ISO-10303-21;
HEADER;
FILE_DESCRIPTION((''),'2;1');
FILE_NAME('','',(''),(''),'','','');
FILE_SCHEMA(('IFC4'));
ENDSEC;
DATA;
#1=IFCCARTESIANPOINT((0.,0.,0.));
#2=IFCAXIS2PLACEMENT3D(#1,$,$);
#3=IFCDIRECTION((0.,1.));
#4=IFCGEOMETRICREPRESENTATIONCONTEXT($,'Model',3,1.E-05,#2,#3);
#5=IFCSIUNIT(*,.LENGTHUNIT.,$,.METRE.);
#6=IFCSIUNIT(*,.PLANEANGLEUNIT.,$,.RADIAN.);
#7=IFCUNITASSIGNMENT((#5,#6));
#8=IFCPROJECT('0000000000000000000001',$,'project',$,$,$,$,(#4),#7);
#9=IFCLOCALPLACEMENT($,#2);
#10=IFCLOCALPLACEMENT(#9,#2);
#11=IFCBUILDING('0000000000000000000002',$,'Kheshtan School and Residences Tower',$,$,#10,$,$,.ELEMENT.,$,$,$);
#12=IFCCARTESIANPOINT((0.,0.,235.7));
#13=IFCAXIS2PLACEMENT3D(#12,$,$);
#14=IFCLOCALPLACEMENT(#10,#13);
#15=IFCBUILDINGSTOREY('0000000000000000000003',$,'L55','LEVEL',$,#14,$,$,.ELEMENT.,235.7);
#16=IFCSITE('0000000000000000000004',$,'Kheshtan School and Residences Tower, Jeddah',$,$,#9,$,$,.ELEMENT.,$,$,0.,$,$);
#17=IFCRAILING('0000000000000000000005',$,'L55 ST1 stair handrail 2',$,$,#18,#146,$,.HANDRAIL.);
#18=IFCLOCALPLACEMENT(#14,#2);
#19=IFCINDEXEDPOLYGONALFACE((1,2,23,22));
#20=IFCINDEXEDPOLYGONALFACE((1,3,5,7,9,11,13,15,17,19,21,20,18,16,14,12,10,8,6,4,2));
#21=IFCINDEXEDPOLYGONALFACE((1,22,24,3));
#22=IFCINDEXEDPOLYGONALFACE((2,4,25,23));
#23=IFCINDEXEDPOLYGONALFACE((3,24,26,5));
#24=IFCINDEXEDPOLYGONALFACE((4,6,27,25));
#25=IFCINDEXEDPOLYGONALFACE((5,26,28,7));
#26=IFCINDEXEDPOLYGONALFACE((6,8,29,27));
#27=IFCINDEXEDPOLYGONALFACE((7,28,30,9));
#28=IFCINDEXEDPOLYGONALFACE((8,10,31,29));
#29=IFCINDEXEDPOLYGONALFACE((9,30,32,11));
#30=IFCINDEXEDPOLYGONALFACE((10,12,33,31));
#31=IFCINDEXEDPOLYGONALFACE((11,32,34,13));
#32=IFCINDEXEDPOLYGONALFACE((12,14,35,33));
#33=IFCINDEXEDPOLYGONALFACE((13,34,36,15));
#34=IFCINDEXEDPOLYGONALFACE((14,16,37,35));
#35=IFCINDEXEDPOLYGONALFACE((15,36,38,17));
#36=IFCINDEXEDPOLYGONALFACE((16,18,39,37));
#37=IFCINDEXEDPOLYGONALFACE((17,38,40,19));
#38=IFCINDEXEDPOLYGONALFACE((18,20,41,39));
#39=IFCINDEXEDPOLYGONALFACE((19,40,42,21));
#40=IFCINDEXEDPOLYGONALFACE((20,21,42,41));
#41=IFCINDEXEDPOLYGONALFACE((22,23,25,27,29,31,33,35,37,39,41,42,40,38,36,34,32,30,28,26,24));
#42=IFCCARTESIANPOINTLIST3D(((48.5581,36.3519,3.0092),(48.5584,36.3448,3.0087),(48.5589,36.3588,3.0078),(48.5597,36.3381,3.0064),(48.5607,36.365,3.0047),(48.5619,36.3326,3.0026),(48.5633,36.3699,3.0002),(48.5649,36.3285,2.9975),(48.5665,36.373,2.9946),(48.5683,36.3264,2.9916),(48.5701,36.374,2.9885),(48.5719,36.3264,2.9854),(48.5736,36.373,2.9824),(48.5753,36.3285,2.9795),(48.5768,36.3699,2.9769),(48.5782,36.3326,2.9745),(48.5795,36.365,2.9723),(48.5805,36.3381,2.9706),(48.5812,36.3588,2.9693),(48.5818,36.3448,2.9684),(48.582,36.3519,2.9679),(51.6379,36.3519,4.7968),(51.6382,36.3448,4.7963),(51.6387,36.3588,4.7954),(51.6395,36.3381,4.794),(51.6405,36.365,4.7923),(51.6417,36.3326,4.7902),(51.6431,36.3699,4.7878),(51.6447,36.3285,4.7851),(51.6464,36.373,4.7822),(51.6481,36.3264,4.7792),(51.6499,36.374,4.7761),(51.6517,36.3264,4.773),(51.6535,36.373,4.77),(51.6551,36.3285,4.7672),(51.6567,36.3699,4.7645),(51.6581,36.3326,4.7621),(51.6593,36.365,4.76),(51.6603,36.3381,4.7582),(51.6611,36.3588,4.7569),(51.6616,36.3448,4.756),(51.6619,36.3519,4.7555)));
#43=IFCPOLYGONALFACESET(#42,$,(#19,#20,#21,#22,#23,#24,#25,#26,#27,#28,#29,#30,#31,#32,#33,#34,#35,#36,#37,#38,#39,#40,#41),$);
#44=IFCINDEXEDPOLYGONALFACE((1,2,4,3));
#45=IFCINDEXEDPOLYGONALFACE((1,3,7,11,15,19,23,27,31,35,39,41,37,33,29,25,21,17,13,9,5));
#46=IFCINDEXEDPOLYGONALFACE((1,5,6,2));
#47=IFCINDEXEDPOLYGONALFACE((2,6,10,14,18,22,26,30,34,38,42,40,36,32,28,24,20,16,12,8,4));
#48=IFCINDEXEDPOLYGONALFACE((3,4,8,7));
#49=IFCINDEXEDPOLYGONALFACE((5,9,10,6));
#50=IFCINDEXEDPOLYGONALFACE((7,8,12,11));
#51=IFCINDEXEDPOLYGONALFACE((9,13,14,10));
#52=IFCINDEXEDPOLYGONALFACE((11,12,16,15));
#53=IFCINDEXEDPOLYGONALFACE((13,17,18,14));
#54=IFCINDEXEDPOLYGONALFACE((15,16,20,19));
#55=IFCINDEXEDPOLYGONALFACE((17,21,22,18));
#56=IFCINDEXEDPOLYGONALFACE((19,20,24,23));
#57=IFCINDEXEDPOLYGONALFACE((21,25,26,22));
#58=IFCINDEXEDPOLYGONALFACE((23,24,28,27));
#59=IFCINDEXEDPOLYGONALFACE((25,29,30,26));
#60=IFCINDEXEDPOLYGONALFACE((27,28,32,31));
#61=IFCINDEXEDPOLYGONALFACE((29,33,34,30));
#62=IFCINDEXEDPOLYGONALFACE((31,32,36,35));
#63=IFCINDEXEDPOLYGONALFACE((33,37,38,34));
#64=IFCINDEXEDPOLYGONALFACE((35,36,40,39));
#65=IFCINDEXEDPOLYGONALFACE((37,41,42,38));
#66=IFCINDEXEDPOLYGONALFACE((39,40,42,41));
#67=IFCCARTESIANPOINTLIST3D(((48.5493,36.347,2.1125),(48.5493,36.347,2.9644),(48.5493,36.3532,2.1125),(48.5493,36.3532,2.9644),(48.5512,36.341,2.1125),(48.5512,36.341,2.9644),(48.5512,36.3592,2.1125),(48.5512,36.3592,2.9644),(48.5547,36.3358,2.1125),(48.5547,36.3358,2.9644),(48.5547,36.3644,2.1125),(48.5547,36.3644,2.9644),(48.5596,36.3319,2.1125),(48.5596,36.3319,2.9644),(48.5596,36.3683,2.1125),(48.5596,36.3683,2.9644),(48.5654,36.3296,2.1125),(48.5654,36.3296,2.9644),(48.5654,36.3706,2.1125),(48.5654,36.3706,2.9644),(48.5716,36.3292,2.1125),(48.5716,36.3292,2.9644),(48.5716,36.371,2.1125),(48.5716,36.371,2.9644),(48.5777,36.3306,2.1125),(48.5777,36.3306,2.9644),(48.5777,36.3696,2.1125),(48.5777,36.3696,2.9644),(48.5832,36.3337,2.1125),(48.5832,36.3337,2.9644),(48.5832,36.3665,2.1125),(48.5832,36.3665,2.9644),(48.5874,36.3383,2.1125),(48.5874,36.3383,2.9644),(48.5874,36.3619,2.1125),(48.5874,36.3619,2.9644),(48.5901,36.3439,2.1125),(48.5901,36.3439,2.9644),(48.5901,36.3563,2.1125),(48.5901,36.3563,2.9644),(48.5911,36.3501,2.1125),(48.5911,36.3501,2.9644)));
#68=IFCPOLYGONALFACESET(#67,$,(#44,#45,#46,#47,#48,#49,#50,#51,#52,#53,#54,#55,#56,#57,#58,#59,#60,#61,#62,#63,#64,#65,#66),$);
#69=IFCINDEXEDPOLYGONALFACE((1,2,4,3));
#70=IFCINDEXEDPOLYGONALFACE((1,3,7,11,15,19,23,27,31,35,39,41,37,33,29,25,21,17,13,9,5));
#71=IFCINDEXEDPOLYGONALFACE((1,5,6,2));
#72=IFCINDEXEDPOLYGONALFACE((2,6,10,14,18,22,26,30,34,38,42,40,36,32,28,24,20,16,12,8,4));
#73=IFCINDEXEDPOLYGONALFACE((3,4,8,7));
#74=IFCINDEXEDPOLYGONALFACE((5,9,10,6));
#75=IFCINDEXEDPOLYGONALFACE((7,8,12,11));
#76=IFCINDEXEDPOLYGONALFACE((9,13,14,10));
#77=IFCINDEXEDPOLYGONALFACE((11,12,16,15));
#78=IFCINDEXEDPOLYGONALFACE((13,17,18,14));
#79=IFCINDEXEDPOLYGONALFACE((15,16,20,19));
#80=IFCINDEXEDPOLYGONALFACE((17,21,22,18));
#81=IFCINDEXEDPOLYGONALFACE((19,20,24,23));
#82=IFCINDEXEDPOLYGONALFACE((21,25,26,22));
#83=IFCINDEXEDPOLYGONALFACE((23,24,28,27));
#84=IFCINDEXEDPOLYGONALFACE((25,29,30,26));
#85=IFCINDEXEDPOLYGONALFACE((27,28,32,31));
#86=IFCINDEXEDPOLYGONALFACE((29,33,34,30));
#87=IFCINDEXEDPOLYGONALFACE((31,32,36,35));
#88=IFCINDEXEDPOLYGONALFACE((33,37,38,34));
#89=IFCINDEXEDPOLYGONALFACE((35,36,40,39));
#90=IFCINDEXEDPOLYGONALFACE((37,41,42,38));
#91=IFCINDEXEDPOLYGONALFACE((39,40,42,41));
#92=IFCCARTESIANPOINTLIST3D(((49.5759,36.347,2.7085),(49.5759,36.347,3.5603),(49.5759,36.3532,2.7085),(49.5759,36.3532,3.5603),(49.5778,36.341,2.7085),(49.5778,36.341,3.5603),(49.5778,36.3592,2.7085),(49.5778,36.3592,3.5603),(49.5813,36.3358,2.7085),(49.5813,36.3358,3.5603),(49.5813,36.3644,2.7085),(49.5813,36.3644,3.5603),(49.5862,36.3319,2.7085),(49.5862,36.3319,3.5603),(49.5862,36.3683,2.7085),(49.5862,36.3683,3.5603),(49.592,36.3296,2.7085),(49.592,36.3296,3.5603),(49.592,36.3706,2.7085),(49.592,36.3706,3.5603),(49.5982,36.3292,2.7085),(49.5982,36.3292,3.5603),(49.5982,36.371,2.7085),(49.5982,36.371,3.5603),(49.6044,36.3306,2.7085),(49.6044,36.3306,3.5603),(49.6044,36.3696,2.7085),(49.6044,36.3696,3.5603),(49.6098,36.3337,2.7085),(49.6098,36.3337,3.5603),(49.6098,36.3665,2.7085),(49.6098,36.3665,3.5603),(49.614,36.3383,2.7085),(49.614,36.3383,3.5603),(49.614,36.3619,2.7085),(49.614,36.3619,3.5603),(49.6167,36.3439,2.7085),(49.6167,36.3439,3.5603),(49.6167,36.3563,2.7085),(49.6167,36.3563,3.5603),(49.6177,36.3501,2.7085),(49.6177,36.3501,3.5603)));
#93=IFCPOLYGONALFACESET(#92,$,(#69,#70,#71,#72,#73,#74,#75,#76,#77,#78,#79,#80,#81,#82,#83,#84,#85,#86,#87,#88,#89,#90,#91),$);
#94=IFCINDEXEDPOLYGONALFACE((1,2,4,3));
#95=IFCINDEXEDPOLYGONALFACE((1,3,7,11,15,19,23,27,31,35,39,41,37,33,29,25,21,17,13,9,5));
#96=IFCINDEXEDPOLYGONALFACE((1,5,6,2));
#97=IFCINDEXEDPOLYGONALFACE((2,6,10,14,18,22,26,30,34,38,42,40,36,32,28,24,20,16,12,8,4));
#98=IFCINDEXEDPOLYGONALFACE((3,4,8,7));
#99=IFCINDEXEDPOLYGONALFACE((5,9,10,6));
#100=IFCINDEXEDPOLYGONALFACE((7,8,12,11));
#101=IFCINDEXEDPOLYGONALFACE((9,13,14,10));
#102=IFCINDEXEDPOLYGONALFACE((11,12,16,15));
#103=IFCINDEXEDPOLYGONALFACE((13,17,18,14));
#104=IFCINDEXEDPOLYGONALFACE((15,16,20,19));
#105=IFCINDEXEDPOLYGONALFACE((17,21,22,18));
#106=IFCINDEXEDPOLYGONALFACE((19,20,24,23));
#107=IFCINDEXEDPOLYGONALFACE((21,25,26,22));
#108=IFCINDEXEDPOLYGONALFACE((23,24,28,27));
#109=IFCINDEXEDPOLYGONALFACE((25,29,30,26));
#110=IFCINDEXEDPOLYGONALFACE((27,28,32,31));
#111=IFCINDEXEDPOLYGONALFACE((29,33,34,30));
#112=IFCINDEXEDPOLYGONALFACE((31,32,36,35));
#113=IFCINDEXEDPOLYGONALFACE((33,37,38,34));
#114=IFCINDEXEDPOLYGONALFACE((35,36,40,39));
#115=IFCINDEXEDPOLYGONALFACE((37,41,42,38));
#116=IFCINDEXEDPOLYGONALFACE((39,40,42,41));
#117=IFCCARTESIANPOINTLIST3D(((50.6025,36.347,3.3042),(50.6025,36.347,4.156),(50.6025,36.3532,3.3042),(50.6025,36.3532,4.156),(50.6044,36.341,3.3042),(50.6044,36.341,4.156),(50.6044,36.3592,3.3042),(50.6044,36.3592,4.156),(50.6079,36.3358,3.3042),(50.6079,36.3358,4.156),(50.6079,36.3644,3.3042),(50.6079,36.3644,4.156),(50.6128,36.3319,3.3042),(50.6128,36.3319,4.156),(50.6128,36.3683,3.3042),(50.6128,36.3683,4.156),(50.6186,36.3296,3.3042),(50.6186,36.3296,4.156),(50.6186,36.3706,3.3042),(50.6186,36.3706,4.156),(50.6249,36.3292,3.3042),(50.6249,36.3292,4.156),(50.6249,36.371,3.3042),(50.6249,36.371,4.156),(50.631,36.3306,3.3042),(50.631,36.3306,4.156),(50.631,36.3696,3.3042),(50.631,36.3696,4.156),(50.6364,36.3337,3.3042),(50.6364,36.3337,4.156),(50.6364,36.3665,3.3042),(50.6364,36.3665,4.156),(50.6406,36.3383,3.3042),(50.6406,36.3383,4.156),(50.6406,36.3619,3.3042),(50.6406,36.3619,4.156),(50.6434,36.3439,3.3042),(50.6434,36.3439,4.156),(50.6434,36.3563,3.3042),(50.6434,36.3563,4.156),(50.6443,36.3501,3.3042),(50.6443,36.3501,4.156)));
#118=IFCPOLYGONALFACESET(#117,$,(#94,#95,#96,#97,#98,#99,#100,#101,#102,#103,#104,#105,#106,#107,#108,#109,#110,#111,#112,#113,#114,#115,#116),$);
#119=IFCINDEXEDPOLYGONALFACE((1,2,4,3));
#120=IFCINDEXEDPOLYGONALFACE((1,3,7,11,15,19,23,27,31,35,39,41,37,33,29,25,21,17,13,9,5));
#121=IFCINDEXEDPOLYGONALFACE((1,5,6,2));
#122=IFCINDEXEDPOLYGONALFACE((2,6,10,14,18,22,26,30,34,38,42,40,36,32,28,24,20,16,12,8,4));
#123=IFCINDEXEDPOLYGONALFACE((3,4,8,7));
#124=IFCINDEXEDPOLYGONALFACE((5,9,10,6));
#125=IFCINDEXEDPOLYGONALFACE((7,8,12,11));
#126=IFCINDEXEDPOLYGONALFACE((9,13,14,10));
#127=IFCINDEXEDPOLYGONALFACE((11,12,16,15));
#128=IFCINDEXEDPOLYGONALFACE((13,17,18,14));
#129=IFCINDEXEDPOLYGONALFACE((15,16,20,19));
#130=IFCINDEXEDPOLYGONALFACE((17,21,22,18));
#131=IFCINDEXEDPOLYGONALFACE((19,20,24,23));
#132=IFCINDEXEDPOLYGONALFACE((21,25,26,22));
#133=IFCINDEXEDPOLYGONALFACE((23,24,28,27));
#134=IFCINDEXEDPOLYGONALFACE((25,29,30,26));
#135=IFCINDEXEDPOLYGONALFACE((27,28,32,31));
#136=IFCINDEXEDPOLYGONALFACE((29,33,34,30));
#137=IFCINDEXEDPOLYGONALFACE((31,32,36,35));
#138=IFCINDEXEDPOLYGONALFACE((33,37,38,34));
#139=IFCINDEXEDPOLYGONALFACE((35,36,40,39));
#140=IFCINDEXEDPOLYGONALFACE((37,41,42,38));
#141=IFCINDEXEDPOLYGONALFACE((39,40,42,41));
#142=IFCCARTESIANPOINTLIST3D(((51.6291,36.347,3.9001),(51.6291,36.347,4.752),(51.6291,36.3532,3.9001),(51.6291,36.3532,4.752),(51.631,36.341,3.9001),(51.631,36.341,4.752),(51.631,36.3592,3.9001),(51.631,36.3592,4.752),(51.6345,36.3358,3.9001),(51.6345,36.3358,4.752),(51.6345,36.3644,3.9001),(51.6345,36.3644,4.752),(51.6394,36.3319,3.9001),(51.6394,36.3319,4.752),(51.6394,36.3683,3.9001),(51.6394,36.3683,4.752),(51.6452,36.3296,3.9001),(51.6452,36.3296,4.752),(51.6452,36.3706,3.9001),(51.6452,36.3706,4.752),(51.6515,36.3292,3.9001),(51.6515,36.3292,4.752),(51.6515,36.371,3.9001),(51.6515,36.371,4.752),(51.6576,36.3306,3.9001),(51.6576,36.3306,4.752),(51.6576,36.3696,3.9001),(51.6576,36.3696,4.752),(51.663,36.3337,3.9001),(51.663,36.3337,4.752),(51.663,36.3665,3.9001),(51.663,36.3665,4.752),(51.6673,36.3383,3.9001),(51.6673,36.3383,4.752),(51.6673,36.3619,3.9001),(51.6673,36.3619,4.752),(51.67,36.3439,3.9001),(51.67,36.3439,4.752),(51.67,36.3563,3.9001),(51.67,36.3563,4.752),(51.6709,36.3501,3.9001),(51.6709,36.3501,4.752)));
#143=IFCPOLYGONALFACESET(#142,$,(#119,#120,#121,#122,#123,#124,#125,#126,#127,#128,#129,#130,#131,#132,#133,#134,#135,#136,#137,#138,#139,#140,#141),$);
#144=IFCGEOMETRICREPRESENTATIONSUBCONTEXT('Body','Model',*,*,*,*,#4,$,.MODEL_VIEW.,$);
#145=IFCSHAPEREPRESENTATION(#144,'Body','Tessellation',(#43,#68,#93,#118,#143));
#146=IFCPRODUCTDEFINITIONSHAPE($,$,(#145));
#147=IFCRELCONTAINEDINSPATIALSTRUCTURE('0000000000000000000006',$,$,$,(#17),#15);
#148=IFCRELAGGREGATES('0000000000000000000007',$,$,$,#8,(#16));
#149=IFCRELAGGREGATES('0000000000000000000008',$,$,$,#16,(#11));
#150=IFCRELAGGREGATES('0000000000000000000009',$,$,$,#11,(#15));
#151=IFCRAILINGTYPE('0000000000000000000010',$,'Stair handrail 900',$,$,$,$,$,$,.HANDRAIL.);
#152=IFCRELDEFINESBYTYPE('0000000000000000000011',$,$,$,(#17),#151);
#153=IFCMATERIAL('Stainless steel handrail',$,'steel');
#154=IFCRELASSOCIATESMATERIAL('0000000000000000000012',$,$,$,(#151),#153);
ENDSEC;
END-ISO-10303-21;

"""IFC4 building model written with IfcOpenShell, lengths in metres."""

from ifc_helpers import new_model, si_unit, direction, frame, origin, origin_2d, place, context, subcontext, project, spatial, circle, extrude, material, type_object, element, save


model = new_model("IFC4")

# Units and contexts
model_context = context("Model", 3, precision=1e-05, world=origin(), true_north=direction((0.0, 1.0)))
body_context = subcontext(model_context, "Body", "Model", "MODEL_VIEW")
ifc_project = project(units=[si_unit("LENGTHUNIT", "METRE"), si_unit("PLANEANGLEUNIT", "RADIAN")], contexts=[model_context])

# Site, building, storey
site_placement = place(None, origin())
site = spatial("IfcSite", under=ifc_project, at=site_placement, Name="Kheshtan School and Residences Tower, Jeddah", CompositionType="ELEMENT", RefElevation=0.0)
building_placement = place(site_placement, origin())
building = spatial("IfcBuilding", under=site, at=building_placement, Name="Kheshtan School and Residences Tower", CompositionType="ELEMENT")
storey_placement = place(building_placement, frame((0.0, 0.0, 235.7)))
storey = spatial("IfcBuildingStorey", under=building, at=storey_placement, Name="L55", Description="LEVEL", CompositionType="ELEMENT", Elevation=235.7)

# Railing
ifc_material_1 = material(Name="Stainless steel handrail", Category="steel")
railing_type_1 = type_object("IfcRailingType", Name="Stair handrail 900", PredefinedType="HANDRAIL", material=ifc_material_1)
railing_1_placement = place(storey_placement, frame((48.5701, 36.3501, 2.1125)))
element("IfcRailing", 1, at=railing_1_placement, inside=storey, type_object=railing_type_1, Name="L55 ST1 stair handrail 2", PredefinedType="HANDRAIL", context=body_context, shape_type="SweptSolid", body=[
    extrude(circle(Radius=0.0239, at=origin_2d()), frame((0.0, 0.0, 0.876), z_axis=(0.864873, 0.0, 0.50199), x_axis=(0.0, 1.0, 0.0)), (0.0, 0.0, 1.0), 3.561),
    extrude(circle(Radius=0.021, at=origin_2d()), origin(), (0.0, 0.0, 1.0), 0.8518),
    extrude(circle(Radius=0.021, at=origin_2d()), frame((1.0266, 0.0, 0.5959)), (0.0, 0.0, 1.0), 0.8518),
    extrude(circle(Radius=0.021, at=origin_2d()), frame((2.0532, 0.0, 1.1917)), (0.0, 0.0, 1.0), 0.8518),
    extrude(circle(Radius=0.021, at=origin_2d()), frame((3.0798, 0.0, 1.7876)), (0.0, 0.0, 1.0), 0.8518),
])

save(model, "model.ifc")
